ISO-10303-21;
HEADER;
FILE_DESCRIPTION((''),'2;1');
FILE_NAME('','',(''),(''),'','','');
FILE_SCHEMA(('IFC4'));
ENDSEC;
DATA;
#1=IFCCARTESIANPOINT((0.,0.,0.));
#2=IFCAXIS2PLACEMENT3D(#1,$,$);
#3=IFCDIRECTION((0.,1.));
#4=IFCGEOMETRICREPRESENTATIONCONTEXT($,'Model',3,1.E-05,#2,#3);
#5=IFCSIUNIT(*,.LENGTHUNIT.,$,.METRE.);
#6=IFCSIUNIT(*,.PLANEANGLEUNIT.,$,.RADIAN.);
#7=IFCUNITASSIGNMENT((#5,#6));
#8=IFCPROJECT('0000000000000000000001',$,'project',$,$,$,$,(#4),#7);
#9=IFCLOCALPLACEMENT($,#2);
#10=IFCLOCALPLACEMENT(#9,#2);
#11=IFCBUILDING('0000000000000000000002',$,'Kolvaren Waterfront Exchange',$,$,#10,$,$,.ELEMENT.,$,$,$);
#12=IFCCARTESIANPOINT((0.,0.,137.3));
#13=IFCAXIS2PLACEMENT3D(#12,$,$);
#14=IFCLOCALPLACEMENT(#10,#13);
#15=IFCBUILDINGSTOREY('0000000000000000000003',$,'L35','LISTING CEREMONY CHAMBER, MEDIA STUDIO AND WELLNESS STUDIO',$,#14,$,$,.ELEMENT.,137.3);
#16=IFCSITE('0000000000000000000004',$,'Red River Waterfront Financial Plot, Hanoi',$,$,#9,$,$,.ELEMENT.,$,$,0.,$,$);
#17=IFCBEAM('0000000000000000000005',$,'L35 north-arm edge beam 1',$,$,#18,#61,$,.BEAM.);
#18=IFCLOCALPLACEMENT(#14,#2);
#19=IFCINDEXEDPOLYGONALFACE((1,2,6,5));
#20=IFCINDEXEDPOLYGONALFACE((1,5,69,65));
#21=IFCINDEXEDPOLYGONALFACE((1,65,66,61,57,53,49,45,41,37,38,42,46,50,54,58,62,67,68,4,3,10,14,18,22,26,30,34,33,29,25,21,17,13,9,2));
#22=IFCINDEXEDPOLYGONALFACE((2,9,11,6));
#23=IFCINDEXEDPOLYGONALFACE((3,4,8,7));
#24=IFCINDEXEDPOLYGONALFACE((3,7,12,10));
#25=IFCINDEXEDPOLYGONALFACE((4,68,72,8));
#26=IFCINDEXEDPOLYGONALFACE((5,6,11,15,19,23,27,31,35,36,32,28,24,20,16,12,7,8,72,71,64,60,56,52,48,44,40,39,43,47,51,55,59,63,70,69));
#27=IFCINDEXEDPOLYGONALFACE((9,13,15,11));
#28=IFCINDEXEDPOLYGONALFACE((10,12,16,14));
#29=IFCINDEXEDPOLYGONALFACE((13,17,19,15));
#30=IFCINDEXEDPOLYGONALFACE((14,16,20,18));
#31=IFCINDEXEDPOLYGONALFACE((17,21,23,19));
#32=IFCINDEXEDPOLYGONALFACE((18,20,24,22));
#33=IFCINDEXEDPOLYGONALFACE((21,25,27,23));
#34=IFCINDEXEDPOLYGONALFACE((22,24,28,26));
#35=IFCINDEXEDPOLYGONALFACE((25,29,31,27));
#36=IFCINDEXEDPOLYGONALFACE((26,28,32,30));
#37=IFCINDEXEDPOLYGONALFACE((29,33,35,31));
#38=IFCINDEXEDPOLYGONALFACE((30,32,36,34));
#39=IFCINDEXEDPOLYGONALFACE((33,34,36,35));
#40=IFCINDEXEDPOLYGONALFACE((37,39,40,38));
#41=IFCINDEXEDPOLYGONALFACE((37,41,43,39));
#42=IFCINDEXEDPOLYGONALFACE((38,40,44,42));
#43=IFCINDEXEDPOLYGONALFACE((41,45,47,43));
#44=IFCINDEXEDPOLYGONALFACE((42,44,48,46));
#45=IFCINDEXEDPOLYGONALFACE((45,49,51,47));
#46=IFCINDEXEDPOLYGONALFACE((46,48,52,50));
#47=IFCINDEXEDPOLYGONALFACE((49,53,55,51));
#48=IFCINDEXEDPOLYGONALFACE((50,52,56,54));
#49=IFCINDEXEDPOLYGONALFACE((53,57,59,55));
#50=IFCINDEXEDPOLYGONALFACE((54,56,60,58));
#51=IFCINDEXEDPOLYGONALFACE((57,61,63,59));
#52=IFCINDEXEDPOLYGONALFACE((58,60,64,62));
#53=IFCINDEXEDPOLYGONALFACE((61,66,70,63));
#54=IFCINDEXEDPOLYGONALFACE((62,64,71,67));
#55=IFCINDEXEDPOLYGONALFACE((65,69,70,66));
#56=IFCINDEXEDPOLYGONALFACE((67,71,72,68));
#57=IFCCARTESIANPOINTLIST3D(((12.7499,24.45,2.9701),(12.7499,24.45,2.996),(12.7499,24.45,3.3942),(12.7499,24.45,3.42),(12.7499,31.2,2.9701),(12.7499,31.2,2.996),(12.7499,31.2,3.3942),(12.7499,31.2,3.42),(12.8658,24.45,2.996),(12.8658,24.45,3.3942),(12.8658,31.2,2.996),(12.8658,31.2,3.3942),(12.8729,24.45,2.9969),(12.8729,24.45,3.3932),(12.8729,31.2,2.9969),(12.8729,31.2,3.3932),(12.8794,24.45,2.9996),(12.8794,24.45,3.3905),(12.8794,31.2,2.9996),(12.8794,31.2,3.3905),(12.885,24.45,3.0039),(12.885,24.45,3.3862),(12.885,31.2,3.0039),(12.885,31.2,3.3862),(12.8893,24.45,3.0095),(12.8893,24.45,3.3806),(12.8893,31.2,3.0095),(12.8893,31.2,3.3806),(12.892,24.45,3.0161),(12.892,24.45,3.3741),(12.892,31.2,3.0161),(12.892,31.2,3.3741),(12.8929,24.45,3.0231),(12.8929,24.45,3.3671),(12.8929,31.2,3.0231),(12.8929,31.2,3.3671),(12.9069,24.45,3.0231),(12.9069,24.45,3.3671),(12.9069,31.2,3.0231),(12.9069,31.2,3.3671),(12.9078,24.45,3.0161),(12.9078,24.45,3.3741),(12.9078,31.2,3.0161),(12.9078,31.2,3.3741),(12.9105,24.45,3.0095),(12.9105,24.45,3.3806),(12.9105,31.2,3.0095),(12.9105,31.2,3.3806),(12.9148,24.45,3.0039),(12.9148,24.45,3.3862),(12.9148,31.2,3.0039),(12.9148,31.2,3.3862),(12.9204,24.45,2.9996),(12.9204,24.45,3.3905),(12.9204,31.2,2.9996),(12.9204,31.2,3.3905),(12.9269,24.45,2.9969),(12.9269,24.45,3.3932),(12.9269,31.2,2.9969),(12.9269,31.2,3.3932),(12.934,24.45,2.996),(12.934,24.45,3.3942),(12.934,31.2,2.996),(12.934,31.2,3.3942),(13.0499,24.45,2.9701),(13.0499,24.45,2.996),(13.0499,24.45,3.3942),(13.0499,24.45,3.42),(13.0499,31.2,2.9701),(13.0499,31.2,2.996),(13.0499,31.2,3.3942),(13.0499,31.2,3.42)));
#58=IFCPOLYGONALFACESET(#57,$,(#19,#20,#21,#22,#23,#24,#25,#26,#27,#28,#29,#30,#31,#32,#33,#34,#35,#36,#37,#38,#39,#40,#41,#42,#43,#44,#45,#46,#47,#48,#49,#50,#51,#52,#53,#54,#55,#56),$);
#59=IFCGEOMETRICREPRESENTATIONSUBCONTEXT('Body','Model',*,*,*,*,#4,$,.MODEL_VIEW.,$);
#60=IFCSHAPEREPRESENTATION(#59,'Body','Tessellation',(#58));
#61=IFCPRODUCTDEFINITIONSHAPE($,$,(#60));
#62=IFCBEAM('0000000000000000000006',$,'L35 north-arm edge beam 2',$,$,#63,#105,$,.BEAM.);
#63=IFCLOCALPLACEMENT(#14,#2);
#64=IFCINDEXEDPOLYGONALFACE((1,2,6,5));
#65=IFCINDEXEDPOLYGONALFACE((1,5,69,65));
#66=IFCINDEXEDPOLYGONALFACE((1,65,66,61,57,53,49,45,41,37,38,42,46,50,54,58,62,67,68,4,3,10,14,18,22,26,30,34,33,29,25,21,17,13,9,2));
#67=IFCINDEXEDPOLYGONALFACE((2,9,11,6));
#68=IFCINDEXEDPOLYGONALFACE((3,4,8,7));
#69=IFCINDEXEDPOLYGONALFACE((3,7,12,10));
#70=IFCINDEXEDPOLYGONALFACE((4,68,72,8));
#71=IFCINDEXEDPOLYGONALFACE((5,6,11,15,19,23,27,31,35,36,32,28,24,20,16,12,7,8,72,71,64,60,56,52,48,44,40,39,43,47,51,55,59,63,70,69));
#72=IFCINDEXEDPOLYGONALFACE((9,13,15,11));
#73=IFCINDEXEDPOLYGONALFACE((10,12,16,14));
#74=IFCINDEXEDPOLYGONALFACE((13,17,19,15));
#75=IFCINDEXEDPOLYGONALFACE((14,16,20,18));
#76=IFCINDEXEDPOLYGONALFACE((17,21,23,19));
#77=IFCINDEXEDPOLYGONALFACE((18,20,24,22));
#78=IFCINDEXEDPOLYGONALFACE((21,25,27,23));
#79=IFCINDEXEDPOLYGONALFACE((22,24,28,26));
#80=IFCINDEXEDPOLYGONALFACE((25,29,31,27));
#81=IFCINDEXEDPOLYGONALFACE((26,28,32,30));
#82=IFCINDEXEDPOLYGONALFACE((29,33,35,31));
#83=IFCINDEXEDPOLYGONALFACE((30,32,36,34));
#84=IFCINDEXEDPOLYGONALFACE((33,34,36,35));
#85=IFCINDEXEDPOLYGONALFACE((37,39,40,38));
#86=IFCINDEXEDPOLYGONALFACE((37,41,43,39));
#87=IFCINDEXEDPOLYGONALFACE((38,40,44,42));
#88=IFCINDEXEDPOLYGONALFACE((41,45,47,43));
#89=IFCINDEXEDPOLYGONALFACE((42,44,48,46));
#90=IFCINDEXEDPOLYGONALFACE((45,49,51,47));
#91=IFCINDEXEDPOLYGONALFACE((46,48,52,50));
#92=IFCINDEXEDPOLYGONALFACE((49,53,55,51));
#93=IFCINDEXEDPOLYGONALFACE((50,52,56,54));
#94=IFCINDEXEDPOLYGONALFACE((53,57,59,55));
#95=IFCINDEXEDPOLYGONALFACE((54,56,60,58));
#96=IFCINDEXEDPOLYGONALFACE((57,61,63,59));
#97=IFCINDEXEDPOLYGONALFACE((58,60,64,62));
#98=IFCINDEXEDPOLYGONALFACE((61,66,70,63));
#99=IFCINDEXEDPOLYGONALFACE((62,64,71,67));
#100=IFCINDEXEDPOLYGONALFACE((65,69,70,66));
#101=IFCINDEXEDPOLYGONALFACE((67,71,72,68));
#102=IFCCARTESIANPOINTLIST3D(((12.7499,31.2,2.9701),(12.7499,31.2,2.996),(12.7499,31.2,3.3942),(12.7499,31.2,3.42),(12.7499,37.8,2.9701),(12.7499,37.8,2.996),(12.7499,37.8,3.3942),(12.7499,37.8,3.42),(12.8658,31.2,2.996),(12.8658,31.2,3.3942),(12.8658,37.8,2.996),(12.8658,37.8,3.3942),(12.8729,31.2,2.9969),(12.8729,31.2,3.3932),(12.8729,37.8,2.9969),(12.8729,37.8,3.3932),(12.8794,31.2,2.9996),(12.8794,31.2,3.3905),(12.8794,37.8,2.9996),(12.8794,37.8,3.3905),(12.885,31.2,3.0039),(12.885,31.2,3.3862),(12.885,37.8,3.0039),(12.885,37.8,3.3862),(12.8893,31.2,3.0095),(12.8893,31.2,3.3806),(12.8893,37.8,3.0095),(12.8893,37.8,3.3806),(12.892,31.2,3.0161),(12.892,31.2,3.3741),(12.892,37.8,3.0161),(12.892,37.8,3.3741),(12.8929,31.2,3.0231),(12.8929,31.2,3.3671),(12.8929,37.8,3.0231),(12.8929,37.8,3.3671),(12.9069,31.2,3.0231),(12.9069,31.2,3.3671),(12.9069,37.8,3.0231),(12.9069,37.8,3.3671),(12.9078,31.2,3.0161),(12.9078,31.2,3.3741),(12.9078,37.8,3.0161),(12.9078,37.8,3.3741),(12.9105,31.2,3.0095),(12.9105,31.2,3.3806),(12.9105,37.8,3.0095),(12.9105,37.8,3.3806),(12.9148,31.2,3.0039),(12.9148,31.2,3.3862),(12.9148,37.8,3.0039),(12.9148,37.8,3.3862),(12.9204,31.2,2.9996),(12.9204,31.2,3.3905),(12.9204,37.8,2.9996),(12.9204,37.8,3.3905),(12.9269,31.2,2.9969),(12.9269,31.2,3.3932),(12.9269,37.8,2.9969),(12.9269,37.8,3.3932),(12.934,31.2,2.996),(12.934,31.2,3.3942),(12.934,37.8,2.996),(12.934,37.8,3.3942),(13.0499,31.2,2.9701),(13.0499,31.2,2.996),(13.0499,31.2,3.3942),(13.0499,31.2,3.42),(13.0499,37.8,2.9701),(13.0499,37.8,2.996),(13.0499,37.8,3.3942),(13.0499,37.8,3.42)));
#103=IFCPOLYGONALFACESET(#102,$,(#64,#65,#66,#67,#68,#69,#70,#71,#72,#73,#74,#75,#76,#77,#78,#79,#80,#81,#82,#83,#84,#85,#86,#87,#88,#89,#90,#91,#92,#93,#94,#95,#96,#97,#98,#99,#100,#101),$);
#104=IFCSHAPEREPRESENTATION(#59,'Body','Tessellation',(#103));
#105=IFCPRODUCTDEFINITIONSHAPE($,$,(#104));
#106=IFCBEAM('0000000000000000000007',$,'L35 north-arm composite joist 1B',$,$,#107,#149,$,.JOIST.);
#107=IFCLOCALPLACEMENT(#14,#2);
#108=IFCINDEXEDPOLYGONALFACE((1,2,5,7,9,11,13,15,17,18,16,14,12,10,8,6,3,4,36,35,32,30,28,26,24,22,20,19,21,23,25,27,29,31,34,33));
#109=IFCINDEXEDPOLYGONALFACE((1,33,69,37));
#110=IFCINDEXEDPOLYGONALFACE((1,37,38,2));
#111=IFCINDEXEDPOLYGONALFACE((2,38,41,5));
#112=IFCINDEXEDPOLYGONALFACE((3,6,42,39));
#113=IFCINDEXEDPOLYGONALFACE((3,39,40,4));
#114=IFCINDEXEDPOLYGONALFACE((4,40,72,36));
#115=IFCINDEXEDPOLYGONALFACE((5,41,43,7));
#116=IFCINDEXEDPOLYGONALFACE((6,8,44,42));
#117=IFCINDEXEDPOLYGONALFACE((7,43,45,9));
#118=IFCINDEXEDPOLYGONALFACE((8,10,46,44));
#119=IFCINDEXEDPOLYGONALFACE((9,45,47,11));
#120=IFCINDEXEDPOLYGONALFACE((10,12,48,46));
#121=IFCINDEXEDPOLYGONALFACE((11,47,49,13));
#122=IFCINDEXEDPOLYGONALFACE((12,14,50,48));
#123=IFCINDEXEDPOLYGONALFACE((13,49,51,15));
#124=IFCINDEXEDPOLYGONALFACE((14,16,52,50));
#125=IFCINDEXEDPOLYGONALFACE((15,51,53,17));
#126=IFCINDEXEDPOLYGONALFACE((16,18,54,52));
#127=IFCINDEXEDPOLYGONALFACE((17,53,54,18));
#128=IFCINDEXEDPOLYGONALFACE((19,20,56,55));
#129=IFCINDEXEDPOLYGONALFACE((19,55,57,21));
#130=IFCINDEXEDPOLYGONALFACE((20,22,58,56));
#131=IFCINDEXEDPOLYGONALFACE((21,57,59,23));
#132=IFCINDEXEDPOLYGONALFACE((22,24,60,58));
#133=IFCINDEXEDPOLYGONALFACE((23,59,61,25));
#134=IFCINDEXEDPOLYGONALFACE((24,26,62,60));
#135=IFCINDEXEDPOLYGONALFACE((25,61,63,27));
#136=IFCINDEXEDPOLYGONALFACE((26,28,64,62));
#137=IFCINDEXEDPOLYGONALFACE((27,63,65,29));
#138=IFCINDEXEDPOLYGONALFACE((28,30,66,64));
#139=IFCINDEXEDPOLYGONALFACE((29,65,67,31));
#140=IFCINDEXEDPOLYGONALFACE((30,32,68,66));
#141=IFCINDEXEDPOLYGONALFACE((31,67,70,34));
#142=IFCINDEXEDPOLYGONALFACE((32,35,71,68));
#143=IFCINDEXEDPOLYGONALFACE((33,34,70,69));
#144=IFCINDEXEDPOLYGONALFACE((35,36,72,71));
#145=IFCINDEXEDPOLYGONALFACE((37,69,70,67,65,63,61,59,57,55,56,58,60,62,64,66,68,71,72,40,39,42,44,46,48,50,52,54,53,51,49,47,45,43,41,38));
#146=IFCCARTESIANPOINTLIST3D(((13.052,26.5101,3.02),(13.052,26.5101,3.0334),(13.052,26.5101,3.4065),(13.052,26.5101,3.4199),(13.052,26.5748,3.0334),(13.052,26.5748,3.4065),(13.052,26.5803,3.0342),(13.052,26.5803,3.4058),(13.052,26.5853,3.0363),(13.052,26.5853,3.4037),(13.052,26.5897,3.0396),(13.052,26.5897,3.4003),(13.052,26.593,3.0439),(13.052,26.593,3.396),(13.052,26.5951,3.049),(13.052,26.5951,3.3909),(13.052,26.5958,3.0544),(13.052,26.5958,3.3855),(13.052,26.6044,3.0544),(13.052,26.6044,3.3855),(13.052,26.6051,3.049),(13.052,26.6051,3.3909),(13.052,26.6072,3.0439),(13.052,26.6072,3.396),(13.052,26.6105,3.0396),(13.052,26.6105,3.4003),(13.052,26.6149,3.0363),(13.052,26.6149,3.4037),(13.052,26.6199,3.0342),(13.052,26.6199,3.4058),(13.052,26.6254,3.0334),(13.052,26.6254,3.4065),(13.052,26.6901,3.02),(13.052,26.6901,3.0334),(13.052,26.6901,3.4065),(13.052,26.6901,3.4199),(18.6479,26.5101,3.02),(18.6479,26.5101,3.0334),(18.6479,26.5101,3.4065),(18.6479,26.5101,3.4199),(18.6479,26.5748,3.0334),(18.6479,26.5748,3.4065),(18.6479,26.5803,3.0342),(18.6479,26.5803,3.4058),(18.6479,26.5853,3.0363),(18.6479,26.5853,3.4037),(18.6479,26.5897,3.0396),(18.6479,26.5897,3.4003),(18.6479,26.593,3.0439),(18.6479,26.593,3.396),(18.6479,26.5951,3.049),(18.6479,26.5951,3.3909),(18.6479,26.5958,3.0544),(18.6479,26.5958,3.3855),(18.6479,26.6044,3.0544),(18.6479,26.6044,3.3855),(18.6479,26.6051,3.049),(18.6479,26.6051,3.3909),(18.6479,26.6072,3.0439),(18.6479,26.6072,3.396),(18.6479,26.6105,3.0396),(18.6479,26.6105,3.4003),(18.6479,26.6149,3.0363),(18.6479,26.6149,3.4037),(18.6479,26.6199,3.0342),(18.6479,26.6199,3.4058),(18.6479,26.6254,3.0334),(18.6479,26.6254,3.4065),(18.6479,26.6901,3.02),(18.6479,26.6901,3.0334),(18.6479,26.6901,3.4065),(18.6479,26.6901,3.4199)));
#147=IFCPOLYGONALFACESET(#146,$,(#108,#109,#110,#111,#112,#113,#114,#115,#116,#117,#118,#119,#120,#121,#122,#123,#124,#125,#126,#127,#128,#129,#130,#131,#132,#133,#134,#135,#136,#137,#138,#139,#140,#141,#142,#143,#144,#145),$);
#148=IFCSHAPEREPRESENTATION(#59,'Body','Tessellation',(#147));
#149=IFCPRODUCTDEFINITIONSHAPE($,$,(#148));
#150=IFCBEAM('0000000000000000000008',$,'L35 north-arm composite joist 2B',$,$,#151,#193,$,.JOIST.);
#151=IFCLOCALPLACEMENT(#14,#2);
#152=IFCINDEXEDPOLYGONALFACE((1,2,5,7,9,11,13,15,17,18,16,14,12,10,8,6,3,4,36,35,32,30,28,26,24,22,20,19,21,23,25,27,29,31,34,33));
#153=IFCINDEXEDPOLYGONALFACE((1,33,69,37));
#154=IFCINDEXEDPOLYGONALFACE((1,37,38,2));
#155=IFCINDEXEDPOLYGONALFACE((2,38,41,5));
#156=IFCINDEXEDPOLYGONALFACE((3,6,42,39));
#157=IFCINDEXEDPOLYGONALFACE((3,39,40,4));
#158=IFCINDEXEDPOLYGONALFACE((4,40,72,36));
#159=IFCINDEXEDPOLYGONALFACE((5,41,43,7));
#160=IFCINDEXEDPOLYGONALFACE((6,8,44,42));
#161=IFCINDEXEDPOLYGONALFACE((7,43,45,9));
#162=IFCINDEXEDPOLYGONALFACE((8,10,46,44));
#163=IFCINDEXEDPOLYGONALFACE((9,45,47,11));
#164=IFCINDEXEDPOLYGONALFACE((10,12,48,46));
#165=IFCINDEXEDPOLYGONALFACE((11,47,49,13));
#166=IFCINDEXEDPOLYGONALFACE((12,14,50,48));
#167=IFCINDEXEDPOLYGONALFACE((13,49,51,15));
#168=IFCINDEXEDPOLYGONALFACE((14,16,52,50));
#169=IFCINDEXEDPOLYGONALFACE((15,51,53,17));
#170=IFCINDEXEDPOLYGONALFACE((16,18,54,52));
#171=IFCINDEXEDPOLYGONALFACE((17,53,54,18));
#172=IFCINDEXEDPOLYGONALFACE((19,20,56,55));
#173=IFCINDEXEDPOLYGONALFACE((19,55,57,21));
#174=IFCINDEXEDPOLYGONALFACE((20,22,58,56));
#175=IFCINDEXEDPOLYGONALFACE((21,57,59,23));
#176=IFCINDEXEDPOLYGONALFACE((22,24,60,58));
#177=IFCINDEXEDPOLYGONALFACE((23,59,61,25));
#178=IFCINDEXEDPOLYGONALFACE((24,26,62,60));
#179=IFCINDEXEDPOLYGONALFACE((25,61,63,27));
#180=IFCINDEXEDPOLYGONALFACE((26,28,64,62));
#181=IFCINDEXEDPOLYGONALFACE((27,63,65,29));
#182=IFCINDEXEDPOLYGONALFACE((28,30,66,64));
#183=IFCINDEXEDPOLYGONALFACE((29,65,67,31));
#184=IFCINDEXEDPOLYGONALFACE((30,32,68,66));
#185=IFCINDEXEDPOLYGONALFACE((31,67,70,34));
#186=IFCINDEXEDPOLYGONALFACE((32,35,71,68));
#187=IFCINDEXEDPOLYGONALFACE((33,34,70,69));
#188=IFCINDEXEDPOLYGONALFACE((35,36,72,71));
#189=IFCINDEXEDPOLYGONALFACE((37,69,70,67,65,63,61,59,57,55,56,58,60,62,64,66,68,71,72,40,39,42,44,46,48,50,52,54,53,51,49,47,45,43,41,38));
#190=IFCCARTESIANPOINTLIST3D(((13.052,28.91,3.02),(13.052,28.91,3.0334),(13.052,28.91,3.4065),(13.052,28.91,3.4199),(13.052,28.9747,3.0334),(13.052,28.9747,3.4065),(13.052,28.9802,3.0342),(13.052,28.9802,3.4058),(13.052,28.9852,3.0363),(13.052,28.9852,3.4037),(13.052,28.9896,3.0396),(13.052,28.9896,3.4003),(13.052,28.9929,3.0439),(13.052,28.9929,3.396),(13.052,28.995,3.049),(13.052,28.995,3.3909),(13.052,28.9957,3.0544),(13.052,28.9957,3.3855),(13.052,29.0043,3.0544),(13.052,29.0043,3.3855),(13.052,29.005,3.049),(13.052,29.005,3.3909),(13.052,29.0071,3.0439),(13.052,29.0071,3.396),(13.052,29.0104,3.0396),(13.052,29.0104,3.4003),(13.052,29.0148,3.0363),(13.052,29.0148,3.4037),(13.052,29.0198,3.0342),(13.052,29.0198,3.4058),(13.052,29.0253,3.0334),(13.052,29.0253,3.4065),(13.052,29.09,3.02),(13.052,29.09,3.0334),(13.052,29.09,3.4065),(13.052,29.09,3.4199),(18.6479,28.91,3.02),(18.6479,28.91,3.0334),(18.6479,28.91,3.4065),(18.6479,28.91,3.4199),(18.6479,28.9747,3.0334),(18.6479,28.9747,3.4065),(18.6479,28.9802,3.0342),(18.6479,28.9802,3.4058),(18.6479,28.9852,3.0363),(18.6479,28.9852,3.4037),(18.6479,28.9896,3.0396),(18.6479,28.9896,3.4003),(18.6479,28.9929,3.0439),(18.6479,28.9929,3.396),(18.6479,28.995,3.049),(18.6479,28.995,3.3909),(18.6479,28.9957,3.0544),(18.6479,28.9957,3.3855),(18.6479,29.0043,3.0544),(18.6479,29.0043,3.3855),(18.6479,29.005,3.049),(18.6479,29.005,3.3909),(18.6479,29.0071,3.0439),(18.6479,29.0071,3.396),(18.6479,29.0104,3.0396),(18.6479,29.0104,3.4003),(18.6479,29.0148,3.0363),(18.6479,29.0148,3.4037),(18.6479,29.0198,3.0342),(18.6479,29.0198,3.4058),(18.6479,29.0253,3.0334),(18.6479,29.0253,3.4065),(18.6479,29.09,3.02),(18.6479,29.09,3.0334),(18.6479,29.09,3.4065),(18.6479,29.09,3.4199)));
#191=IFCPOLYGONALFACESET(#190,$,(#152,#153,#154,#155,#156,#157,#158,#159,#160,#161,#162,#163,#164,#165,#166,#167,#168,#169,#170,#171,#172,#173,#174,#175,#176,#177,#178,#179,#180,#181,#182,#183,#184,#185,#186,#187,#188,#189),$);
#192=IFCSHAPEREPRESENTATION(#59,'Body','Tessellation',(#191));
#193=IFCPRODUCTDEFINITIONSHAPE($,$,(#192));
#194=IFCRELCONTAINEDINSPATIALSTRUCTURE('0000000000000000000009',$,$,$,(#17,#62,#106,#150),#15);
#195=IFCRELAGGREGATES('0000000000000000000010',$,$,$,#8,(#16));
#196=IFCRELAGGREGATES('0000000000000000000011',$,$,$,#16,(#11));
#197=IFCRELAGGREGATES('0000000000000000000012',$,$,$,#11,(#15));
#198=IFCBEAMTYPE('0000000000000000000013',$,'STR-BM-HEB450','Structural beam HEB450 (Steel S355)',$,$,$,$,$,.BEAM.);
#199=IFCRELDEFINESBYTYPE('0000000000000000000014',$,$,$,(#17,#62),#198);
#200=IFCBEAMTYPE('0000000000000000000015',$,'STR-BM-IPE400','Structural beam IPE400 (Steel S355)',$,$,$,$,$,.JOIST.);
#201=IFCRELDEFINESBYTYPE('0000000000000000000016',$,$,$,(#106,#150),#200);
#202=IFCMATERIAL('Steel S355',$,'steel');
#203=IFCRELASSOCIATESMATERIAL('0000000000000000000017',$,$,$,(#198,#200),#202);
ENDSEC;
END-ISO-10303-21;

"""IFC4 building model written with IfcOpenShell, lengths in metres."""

from ifc_helpers import new_model, si_unit, direction, frame, origin, origin_2d, place, context, subcontext, project, spatial, i_section, extrude, material, material_profile, profile_set, type_object, element, save


model = new_model("IFC4")

# Units and contexts
model_context = context("Model", 3, precision=1e-05, world=origin(), true_north=direction((0.0, 1.0)))
body_context = subcontext(model_context, "Body", "Model", "MODEL_VIEW")
ifc_project = project(units=[si_unit("LENGTHUNIT", "METRE"), si_unit("PLANEANGLEUNIT", "RADIAN")], contexts=[model_context])

# Site, building, storey
site_placement = place(None, origin())
site = spatial("IfcSite", under=ifc_project, at=site_placement, Name="Red River Waterfront Financial Plot, Hanoi", CompositionType="ELEMENT", RefElevation=0.0)
building_placement = place(site_placement, origin())
building = spatial("IfcBuilding", under=site, at=building_placement, Name="Kolvaren Waterfront Exchange", CompositionType="ELEMENT")
storey_placement = place(building_placement, frame((0.0, 0.0, 137.3)))
storey = spatial("IfcBuildingStorey", under=building, at=storey_placement, Name="L35", Description="LISTING CEREMONY CHAMBER, MEDIA STUDIO AND WELLNESS STUDIO", CompositionType="ELEMENT", Elevation=137.3)

# Beams
ifc_material_1 = material(Name="Steel S355", Category="steel")
ifc_material_profile_1 = material_profile(ifc_material_1, i_section(OverallWidth=0.3, OverallDepth=0.45, WebThickness=0.0139, FlangeThickness=0.0259, FilletRadius=0.0271, at=origin_2d()), Name="HEB450")
ifc_profile_set_1 = profile_set([ifc_material_profile_1], Name="Steel S355")
beam_type_1 = type_object("IfcBeamType", Name="STR-BM-HEB450", Description="Structural beam HEB450 (Steel S355)", PredefinedType="BEAM", material=ifc_profile_set_1)
beam_1_placement = place(storey_placement, frame((12.8999, 24.45, 3.1951), z_axis=(0.0, 1.0, 0.0), x_axis=(-1.0, 0.0, 0.0)))
element("IfcBeam", 1, at=beam_1_placement, inside=storey, type_object=beam_type_1, Name="L35 north-arm edge beam 1", PredefinedType="BEAM", context=body_context, shape_type="SweptSolid", body=[
    extrude(i_section(OverallWidth=0.3, OverallDepth=0.45, WebThickness=0.0139, FlangeThickness=0.0259, FilletRadius=0.0271, at=origin_2d()), origin(), (0.0, 0.0, 1.0), 6.75),
])
beam_2_placement = place(storey_placement, frame((12.8999, 31.2, 3.1951), z_axis=(0.0, 1.0, 0.0), x_axis=(-1.0, 0.0, 0.0)))
element("IfcBeam", 2, at=beam_2_placement, inside=storey, type_object=beam_type_1, Name="L35 north-arm edge beam 2", PredefinedType="BEAM", context=body_context, shape_type="SweptSolid", body=[
    extrude(i_section(OverallWidth=0.3, OverallDepth=0.45, WebThickness=0.0139, FlangeThickness=0.0259, FilletRadius=0.0271, at=origin_2d()), origin(), (0.0, 0.0, 1.0), 6.6001),
])
ifc_material_profile_2 = material_profile(ifc_material_1, i_section(OverallWidth=0.1799, OverallDepth=0.3999, WebThickness=0.0085, FlangeThickness=0.0134, FilletRadius=0.021, at=origin_2d()), Name="IPE400")
ifc_profile_set_2 = profile_set([ifc_material_profile_2], Name="Steel S355")
beam_type_2 = type_object("IfcBeamType", Name="STR-BM-IPE400", Description="Structural beam IPE400 (Steel S355)", PredefinedType="JOIST", material=ifc_profile_set_2)
for number, where, z_axis, x_axis, name in (
    (3, (13.052, 26.6001, 3.22), (1.0, 0.0, 0.0), (0.0, 1.0, 0.0), "L35 north-arm composite joist 1B"),
    (4, (13.052, 29.0, 3.22), (1.0, 0.0, 0.0), (0.0, 1.0, 0.0), "L35 north-arm composite joist 2B"),
):
    element("IfcBeam", number, at=place(storey_placement, frame(where, z_axis=z_axis, x_axis=x_axis)), inside=storey, type_object=beam_type_2, Name=name, PredefinedType="JOIST", context=body_context, shape_type="SweptSolid", body=[
        extrude(i_section(OverallWidth=0.1799, OverallDepth=0.3999, WebThickness=0.0085, FlangeThickness=0.0134, FilletRadius=0.021, at=origin_2d()), origin(), (0.0, 0.0, 1.0), 5.5959),
    ])

save(model, "model.ifc")
